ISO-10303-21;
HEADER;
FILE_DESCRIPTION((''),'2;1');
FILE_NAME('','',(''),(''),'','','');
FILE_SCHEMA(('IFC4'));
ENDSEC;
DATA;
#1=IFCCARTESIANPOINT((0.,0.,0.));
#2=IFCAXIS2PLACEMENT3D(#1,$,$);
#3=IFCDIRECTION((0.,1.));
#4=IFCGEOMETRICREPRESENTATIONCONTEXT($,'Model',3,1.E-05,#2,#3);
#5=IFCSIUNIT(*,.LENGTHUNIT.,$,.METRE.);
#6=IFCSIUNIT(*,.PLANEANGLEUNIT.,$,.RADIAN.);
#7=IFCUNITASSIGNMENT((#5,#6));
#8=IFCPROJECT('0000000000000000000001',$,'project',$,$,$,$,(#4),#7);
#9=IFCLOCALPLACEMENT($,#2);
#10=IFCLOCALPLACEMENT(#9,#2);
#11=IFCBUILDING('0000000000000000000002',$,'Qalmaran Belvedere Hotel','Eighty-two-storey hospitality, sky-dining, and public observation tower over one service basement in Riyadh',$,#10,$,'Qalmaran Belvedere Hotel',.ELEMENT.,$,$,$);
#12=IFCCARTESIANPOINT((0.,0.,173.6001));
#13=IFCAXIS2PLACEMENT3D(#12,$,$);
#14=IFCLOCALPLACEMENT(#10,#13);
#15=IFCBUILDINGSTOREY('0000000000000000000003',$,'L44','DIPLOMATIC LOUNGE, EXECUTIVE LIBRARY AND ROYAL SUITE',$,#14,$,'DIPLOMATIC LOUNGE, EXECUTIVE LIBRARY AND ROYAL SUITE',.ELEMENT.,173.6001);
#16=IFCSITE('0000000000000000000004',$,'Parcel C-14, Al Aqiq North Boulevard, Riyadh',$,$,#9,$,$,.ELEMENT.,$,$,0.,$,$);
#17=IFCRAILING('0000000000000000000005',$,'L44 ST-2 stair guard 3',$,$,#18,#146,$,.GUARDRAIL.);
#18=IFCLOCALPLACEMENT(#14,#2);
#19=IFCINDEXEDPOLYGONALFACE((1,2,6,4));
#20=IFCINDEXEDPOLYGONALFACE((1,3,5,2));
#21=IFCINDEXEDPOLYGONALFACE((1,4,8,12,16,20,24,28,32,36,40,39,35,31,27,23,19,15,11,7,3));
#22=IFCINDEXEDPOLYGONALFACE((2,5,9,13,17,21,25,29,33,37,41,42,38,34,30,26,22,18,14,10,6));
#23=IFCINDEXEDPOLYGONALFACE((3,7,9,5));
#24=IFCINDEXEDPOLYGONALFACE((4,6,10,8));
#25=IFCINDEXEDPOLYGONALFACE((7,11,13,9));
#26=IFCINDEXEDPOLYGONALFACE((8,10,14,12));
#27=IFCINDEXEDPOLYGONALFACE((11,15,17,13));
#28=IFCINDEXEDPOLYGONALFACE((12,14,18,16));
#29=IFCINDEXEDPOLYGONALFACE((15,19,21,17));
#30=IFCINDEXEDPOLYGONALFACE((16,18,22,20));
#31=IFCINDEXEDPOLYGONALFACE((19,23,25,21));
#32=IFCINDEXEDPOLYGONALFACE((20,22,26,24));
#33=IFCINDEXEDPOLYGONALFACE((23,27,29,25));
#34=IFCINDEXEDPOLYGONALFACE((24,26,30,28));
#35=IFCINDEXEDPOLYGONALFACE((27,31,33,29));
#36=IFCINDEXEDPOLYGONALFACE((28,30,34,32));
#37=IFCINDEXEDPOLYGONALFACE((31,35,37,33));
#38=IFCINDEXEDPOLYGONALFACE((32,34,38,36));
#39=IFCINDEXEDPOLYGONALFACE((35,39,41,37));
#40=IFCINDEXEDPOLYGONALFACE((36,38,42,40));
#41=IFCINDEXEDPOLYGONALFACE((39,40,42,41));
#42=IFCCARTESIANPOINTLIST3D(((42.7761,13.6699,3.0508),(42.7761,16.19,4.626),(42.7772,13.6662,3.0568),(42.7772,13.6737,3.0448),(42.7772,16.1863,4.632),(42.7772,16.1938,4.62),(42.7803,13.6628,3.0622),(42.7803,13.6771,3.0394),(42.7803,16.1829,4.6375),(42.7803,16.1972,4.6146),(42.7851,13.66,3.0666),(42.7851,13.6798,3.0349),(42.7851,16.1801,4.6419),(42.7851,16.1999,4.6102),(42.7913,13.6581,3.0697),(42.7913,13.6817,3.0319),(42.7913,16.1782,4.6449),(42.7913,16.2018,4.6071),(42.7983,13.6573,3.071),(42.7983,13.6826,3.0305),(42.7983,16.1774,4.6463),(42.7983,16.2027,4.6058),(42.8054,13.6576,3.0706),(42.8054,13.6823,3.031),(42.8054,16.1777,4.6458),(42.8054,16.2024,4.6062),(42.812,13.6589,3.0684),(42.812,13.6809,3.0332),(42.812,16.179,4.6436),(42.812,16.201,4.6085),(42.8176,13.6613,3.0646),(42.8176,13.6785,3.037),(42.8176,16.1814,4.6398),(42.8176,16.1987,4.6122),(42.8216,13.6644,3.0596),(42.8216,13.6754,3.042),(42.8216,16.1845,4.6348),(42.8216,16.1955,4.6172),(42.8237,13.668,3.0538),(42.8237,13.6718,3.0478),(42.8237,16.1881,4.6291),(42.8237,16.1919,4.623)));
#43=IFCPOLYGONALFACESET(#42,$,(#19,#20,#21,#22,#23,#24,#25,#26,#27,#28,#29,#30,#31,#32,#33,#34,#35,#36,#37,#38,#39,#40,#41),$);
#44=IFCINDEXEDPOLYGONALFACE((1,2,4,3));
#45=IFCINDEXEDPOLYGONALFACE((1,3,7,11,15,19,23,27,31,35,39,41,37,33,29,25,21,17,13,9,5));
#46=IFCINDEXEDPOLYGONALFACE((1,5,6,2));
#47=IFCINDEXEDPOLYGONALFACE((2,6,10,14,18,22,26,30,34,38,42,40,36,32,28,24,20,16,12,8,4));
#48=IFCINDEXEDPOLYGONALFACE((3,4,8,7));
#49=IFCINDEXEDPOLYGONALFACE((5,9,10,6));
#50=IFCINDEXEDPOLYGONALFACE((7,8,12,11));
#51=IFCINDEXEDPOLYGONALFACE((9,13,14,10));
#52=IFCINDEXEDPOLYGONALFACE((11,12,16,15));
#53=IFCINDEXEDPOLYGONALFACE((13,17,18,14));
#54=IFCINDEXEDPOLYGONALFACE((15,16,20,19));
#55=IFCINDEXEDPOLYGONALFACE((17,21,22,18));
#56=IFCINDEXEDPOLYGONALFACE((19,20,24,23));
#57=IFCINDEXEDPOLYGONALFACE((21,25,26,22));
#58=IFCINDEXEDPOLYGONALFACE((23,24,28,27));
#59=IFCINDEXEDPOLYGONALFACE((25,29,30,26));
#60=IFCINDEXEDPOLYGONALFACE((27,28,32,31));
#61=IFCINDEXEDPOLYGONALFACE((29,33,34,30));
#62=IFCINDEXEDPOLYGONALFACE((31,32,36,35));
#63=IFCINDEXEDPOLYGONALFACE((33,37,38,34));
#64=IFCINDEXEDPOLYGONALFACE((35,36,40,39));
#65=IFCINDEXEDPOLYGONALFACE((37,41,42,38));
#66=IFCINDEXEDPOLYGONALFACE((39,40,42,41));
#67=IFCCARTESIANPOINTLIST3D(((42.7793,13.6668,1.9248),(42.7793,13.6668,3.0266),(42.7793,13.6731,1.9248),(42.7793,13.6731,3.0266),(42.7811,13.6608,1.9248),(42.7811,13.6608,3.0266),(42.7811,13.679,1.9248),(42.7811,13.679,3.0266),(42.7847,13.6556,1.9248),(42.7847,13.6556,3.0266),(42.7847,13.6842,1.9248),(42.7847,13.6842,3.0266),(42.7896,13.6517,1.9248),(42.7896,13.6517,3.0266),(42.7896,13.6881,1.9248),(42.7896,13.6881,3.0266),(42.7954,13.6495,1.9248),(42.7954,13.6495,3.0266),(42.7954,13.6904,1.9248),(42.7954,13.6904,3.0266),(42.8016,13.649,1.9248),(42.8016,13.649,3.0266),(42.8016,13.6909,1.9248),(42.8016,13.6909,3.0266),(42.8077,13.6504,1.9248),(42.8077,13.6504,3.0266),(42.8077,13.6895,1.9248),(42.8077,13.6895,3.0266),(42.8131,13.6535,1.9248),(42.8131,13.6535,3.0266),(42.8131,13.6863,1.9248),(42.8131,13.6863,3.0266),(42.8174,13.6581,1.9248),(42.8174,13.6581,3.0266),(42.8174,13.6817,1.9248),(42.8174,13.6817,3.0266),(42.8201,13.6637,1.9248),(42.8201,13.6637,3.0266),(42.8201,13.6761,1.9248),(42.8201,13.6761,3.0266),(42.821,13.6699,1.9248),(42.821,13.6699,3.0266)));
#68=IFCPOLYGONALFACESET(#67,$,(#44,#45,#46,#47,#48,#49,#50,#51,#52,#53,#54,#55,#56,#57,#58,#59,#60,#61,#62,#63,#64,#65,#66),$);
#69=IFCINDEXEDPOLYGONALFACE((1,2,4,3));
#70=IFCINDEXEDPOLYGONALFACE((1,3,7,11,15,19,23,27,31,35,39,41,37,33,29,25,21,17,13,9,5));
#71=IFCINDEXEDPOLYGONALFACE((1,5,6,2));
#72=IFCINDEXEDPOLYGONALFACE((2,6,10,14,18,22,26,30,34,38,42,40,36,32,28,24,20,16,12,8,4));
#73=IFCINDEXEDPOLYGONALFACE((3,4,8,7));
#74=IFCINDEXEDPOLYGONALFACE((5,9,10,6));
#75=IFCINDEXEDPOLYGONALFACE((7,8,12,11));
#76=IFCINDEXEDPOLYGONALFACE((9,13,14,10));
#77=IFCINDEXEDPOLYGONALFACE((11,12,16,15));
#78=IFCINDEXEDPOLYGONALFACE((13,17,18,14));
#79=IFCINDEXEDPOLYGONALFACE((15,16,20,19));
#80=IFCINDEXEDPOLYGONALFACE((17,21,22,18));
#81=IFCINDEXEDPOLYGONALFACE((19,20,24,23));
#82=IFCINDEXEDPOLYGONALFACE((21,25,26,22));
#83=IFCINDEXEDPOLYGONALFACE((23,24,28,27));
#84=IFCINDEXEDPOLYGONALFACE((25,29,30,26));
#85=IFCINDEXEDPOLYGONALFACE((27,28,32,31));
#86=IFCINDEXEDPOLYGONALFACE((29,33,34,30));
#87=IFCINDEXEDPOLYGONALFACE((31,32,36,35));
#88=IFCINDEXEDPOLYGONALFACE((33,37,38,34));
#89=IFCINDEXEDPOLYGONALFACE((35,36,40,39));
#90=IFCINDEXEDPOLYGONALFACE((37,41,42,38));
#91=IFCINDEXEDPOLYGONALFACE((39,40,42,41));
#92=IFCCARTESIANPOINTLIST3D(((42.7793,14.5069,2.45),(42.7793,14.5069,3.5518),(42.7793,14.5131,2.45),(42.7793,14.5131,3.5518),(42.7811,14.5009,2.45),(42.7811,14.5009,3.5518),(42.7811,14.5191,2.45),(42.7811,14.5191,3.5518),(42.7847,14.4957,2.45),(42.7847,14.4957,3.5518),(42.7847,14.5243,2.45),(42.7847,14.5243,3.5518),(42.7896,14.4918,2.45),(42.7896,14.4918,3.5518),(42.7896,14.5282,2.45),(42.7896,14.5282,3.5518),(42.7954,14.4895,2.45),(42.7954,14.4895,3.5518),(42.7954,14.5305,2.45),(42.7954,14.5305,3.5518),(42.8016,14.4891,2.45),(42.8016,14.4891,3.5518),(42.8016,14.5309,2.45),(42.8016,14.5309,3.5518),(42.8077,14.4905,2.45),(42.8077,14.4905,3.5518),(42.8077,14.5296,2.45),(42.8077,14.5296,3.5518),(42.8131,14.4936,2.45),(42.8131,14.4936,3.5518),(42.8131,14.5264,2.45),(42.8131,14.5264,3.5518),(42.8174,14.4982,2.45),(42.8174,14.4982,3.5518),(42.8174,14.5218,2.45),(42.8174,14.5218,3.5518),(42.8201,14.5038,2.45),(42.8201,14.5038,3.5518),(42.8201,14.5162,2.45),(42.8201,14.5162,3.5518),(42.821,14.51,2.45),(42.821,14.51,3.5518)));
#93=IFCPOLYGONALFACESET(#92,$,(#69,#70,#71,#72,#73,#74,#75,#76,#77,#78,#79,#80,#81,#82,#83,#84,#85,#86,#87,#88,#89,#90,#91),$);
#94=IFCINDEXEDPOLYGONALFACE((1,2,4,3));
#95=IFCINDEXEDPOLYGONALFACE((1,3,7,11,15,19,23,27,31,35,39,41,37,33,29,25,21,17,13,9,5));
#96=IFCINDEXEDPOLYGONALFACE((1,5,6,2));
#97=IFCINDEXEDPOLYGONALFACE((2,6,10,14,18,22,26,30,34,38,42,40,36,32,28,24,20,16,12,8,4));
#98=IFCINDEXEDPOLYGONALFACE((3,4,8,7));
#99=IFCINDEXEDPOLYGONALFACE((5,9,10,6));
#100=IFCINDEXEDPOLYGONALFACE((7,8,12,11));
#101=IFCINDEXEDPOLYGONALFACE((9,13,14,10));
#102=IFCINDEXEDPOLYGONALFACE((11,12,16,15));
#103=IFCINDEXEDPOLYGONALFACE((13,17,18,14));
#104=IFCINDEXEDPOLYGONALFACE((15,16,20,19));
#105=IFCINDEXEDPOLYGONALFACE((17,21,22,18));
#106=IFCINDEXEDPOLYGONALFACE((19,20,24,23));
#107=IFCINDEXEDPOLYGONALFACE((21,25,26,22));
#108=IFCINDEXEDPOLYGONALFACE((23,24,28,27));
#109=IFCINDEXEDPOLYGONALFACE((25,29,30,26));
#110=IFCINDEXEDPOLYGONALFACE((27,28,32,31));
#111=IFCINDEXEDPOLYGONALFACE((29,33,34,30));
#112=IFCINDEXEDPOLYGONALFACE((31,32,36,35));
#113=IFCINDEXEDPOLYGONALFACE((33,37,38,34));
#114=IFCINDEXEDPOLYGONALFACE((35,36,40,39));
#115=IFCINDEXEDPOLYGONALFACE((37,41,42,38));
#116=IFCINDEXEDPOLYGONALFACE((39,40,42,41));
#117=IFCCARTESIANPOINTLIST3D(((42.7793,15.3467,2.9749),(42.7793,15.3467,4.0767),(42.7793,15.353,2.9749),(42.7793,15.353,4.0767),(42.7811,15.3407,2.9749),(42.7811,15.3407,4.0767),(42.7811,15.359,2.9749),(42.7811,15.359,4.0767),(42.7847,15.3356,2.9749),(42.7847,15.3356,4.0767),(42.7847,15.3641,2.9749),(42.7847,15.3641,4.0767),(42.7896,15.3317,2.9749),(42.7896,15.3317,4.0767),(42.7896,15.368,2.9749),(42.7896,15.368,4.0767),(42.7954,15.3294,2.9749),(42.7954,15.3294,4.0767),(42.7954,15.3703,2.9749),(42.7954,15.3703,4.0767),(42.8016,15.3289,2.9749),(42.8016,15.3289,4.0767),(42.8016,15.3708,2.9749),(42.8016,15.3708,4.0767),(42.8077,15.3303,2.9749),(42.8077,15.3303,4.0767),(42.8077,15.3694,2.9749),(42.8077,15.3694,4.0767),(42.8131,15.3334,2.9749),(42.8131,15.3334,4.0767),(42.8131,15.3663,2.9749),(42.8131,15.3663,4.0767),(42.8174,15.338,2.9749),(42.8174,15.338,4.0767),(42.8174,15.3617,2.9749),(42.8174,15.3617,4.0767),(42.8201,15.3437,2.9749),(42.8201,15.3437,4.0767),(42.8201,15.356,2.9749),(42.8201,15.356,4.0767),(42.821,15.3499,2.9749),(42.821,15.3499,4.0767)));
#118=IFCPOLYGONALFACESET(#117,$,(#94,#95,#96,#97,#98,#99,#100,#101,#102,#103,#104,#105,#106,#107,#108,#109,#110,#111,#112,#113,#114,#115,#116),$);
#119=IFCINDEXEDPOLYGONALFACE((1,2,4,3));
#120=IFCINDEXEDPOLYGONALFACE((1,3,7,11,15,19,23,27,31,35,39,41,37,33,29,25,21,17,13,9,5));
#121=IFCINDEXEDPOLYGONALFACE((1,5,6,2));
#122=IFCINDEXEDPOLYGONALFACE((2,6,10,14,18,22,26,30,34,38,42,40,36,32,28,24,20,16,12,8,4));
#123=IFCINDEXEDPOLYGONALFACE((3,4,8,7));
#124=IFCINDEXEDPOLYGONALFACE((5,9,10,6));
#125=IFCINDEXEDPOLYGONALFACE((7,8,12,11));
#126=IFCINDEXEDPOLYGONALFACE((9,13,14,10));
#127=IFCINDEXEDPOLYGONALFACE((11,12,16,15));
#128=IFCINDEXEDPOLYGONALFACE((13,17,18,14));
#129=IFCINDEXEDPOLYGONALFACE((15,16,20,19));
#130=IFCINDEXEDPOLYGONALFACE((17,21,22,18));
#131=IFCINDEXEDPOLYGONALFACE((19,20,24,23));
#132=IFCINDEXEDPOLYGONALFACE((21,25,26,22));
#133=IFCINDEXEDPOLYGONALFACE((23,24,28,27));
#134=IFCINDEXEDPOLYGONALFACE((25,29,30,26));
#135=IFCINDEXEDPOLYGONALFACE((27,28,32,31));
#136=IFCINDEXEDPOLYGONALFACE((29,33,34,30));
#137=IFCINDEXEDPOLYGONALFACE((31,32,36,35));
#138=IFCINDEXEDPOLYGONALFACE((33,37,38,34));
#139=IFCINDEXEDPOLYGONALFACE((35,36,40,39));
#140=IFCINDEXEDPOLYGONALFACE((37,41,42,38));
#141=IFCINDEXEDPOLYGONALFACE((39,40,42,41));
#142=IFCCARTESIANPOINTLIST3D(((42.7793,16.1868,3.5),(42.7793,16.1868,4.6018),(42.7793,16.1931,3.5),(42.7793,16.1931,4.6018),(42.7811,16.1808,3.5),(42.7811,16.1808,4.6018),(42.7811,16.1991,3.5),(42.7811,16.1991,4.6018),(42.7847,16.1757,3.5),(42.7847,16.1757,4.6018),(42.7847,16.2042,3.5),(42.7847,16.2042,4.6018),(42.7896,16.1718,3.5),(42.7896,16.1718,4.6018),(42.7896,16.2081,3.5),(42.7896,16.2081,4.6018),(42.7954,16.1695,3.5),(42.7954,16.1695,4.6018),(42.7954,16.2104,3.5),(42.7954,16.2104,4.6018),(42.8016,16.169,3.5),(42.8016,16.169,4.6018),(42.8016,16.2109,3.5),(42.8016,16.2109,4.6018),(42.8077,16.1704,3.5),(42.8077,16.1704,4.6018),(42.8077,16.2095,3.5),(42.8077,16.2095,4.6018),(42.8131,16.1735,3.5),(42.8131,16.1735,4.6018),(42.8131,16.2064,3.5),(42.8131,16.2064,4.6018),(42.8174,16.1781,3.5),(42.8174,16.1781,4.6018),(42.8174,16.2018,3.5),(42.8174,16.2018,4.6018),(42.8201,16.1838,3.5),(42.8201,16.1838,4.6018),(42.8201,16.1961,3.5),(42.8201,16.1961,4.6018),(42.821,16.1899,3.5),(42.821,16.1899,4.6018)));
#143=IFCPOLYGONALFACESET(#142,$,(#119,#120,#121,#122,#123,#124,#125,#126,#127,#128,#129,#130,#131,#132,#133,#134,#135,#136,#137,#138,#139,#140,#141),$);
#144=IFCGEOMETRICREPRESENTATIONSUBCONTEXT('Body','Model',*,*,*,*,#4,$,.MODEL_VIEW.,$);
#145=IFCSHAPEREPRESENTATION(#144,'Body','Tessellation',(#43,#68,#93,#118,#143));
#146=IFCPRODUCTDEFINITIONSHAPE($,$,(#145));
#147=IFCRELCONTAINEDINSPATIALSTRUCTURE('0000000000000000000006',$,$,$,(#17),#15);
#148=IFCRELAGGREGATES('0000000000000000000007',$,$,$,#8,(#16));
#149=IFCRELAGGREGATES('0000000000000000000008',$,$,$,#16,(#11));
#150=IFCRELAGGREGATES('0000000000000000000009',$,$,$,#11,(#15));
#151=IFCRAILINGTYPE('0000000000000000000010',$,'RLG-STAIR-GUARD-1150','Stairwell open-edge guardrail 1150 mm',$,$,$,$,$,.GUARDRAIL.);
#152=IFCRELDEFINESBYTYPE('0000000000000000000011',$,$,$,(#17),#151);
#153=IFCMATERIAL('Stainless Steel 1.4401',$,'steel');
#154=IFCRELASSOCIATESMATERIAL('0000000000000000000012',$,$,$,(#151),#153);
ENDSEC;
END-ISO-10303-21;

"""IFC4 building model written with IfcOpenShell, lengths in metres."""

from ifc_helpers import new_model, si_unit, direction, frame, origin, origin_2d, place, context, subcontext, project, spatial, circle, extrude, material, type_object, element, save


model = new_model("IFC4")

# Units and contexts
model_context = context("Model", 3, precision=1e-05, world=origin(), true_north=direction((0.0, 1.0)))
body_context = subcontext(model_context, "Body", "Model", "MODEL_VIEW")
ifc_project = project(units=[si_unit("LENGTHUNIT", "METRE"), si_unit("PLANEANGLEUNIT", "RADIAN")], contexts=[model_context])

# Site, building, storey
site_placement = place(None, origin())
site = spatial("IfcSite", under=ifc_project, at=site_placement, Name="Parcel C-14, Al Aqiq North Boulevard, Riyadh", CompositionType="ELEMENT", RefElevation=0.0)
building_placement = place(site_placement, origin())
building = spatial("IfcBuilding", under=site, at=building_placement, Name="Qalmaran Belvedere Hotel", Description="Eighty-two-storey hospitality, sky-dining, and public observation tower over one service basement in Riyadh", LongName="Qalmaran Belvedere Hotel", CompositionType="ELEMENT")
storey_placement = place(building_placement, frame((0.0, 0.0, 173.6001)))
storey = spatial("IfcBuildingStorey", under=building, at=storey_placement, Name="L44", Description="DIPLOMATIC LOUNGE, EXECUTIVE LIBRARY AND ROYAL SUITE", LongName="DIPLOMATIC LOUNGE, EXECUTIVE LIBRARY AND ROYAL SUITE", CompositionType="ELEMENT", Elevation=173.6001)

# Railing
ifc_material_1 = material(Name="Stainless Steel 1.4401", Category="steel")
railing_type_1 = type_object("IfcRailingType", Name="RLG-STAIR-GUARD-1150", Description="Stairwell open-edge guardrail 1150 mm", PredefinedType="GUARDRAIL", material=ifc_material_1)
railing_1_placement = place(storey_placement, frame((42.8, 13.6699, 1.9248)))
element("IfcRailing", 1, at=railing_1_placement, inside=storey, type_object=railing_type_1, Name="L44 ST-2 stair guard 3", PredefinedType="GUARDRAIL", context=body_context, shape_type="SweptSolid", body=[
    extrude(circle(Radius=0.0239, at=origin_2d()), frame((0.0, 0.0, 1.126), z_axis=(0.0, 0.847971, 0.530043), x_axis=(-1.0, 0.0, 0.0)), (0.0, 0.0, 1.0), 2.9719),
    extrude(circle(Radius=0.021, at=origin_2d()), origin(), (0.0, 0.0, 1.0), 1.1018),
    extrude(circle(Radius=0.021, at=origin_2d()), frame((0.0, 0.8401, 0.5251)), (0.0, 0.0, 1.0), 1.1018),
    extrude(circle(Radius=0.021, at=origin_2d()), frame((0.0, 1.6799, 1.05)), (0.0, 0.0, 1.0), 1.1018),
    extrude(circle(Radius=0.021, at=origin_2d()), frame((0.0, 2.52, 1.5752)), (0.0, 0.0, 1.0), 1.1018),
])

save(model, "model.ifc")
